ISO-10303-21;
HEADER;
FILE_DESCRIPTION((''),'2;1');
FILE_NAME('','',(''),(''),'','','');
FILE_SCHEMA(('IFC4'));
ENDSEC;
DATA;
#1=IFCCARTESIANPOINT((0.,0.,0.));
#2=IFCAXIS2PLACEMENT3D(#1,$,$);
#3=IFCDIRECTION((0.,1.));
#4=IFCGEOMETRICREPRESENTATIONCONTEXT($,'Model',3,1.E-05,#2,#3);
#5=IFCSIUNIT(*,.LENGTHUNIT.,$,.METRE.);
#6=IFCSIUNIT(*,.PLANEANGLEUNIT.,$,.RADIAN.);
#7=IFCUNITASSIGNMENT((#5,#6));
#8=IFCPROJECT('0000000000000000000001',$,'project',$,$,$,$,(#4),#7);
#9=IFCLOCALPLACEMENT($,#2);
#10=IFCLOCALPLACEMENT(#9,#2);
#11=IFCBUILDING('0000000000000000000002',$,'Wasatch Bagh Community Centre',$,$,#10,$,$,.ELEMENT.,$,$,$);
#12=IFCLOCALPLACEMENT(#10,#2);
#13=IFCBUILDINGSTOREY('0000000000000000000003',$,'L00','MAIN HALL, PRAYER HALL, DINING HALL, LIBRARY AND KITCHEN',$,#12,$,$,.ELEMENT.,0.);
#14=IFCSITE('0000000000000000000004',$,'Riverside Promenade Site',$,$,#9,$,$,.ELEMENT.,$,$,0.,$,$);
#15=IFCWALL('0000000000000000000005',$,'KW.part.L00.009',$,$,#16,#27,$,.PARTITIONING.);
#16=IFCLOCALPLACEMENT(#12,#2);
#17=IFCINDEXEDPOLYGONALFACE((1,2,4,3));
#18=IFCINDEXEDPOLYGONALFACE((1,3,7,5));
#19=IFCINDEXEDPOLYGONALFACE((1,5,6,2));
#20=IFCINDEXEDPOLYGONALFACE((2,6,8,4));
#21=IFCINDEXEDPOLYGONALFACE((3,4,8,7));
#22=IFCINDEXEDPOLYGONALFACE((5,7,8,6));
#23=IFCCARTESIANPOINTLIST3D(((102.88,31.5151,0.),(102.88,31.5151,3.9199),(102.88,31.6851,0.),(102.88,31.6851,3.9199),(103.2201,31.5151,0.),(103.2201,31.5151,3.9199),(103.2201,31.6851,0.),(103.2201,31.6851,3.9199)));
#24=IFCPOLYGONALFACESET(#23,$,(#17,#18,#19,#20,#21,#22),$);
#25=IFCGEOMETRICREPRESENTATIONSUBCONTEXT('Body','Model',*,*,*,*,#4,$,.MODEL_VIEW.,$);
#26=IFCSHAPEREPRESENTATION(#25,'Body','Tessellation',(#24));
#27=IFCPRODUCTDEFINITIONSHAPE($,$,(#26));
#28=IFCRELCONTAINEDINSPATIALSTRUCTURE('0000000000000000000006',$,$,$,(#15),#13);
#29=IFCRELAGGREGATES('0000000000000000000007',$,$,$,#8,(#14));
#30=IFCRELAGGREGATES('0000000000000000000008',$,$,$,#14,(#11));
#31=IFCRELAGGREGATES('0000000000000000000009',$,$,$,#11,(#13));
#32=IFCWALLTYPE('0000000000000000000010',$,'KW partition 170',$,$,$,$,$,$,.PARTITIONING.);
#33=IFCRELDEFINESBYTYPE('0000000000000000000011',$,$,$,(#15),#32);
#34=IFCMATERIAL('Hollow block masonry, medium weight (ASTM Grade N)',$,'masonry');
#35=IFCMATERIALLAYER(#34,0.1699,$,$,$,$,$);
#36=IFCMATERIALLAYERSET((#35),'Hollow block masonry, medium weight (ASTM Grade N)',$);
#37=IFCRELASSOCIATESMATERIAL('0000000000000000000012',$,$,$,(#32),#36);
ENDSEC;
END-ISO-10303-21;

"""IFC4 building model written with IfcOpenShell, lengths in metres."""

from ifc_helpers import new_model, si_unit, direction, frame, frame_2d, origin, place, context, subcontext, project, spatial, rectangle, extrude, material, layer, layer_set, type_object, element, save


model = new_model("IFC4")

# Units and contexts
model_context = context("Model", 3, precision=1e-05, world=origin(), true_north=direction((0.0, 1.0)))
body_context = subcontext(model_context, "Body", "Model", "MODEL_VIEW")
ifc_project = project(units=[si_unit("LENGTHUNIT", "METRE"), si_unit("PLANEANGLEUNIT", "RADIAN")], contexts=[model_context])

# Site, building, storey
site_placement = place(None, origin())
site = spatial("IfcSite", under=ifc_project, at=site_placement, Name="Riverside Promenade Site", CompositionType="ELEMENT", RefElevation=0.0)
building_placement = place(site_placement, origin())
building = spatial("IfcBuilding", under=site, at=building_placement, Name="Wasatch Bagh Community Centre", CompositionType="ELEMENT")
storey_placement = place(building_placement, origin())
storey = spatial("IfcBuildingStorey", under=building, at=storey_placement, Name="L00", Description="MAIN HALL, PRAYER HALL, DINING HALL, LIBRARY AND KITCHEN", CompositionType="ELEMENT", Elevation=0.0)

# Wall
ifc_material_1 = material(Name="Hollow block masonry, medium weight (ASTM Grade N)", Category="masonry")
ifc_layer_1 = layer(ifc_material_1, 0.1699)
ifc_layer_set_1 = layer_set([ifc_layer_1], Name="Hollow block masonry, medium weight (ASTM Grade N)")
wall_type_1 = type_object("IfcWallType", Name="KW partition 170", PredefinedType="PARTITIONING", material=ifc_layer_set_1)
wall_1_placement = place(storey_placement, frame((103.22, 31.6001, 0.0), z_axis=(0.0, 0.0, 1.0), x_axis=(-1.0, 0.0, 0.0)))
element("IfcWall", 1, at=wall_1_placement, inside=storey, type_object=wall_type_1, Name="KW.part.L00.009", PredefinedType="PARTITIONING", context=body_context, shape_type="SweptSolid", body=[
    extrude(rectangle(XDim=0.3401, YDim=0.1699, at=frame_2d((0.1699, 0.0))), origin(), (0.0, 0.0, 1.0), 3.9199),
])

save(model, "model.ifc")
